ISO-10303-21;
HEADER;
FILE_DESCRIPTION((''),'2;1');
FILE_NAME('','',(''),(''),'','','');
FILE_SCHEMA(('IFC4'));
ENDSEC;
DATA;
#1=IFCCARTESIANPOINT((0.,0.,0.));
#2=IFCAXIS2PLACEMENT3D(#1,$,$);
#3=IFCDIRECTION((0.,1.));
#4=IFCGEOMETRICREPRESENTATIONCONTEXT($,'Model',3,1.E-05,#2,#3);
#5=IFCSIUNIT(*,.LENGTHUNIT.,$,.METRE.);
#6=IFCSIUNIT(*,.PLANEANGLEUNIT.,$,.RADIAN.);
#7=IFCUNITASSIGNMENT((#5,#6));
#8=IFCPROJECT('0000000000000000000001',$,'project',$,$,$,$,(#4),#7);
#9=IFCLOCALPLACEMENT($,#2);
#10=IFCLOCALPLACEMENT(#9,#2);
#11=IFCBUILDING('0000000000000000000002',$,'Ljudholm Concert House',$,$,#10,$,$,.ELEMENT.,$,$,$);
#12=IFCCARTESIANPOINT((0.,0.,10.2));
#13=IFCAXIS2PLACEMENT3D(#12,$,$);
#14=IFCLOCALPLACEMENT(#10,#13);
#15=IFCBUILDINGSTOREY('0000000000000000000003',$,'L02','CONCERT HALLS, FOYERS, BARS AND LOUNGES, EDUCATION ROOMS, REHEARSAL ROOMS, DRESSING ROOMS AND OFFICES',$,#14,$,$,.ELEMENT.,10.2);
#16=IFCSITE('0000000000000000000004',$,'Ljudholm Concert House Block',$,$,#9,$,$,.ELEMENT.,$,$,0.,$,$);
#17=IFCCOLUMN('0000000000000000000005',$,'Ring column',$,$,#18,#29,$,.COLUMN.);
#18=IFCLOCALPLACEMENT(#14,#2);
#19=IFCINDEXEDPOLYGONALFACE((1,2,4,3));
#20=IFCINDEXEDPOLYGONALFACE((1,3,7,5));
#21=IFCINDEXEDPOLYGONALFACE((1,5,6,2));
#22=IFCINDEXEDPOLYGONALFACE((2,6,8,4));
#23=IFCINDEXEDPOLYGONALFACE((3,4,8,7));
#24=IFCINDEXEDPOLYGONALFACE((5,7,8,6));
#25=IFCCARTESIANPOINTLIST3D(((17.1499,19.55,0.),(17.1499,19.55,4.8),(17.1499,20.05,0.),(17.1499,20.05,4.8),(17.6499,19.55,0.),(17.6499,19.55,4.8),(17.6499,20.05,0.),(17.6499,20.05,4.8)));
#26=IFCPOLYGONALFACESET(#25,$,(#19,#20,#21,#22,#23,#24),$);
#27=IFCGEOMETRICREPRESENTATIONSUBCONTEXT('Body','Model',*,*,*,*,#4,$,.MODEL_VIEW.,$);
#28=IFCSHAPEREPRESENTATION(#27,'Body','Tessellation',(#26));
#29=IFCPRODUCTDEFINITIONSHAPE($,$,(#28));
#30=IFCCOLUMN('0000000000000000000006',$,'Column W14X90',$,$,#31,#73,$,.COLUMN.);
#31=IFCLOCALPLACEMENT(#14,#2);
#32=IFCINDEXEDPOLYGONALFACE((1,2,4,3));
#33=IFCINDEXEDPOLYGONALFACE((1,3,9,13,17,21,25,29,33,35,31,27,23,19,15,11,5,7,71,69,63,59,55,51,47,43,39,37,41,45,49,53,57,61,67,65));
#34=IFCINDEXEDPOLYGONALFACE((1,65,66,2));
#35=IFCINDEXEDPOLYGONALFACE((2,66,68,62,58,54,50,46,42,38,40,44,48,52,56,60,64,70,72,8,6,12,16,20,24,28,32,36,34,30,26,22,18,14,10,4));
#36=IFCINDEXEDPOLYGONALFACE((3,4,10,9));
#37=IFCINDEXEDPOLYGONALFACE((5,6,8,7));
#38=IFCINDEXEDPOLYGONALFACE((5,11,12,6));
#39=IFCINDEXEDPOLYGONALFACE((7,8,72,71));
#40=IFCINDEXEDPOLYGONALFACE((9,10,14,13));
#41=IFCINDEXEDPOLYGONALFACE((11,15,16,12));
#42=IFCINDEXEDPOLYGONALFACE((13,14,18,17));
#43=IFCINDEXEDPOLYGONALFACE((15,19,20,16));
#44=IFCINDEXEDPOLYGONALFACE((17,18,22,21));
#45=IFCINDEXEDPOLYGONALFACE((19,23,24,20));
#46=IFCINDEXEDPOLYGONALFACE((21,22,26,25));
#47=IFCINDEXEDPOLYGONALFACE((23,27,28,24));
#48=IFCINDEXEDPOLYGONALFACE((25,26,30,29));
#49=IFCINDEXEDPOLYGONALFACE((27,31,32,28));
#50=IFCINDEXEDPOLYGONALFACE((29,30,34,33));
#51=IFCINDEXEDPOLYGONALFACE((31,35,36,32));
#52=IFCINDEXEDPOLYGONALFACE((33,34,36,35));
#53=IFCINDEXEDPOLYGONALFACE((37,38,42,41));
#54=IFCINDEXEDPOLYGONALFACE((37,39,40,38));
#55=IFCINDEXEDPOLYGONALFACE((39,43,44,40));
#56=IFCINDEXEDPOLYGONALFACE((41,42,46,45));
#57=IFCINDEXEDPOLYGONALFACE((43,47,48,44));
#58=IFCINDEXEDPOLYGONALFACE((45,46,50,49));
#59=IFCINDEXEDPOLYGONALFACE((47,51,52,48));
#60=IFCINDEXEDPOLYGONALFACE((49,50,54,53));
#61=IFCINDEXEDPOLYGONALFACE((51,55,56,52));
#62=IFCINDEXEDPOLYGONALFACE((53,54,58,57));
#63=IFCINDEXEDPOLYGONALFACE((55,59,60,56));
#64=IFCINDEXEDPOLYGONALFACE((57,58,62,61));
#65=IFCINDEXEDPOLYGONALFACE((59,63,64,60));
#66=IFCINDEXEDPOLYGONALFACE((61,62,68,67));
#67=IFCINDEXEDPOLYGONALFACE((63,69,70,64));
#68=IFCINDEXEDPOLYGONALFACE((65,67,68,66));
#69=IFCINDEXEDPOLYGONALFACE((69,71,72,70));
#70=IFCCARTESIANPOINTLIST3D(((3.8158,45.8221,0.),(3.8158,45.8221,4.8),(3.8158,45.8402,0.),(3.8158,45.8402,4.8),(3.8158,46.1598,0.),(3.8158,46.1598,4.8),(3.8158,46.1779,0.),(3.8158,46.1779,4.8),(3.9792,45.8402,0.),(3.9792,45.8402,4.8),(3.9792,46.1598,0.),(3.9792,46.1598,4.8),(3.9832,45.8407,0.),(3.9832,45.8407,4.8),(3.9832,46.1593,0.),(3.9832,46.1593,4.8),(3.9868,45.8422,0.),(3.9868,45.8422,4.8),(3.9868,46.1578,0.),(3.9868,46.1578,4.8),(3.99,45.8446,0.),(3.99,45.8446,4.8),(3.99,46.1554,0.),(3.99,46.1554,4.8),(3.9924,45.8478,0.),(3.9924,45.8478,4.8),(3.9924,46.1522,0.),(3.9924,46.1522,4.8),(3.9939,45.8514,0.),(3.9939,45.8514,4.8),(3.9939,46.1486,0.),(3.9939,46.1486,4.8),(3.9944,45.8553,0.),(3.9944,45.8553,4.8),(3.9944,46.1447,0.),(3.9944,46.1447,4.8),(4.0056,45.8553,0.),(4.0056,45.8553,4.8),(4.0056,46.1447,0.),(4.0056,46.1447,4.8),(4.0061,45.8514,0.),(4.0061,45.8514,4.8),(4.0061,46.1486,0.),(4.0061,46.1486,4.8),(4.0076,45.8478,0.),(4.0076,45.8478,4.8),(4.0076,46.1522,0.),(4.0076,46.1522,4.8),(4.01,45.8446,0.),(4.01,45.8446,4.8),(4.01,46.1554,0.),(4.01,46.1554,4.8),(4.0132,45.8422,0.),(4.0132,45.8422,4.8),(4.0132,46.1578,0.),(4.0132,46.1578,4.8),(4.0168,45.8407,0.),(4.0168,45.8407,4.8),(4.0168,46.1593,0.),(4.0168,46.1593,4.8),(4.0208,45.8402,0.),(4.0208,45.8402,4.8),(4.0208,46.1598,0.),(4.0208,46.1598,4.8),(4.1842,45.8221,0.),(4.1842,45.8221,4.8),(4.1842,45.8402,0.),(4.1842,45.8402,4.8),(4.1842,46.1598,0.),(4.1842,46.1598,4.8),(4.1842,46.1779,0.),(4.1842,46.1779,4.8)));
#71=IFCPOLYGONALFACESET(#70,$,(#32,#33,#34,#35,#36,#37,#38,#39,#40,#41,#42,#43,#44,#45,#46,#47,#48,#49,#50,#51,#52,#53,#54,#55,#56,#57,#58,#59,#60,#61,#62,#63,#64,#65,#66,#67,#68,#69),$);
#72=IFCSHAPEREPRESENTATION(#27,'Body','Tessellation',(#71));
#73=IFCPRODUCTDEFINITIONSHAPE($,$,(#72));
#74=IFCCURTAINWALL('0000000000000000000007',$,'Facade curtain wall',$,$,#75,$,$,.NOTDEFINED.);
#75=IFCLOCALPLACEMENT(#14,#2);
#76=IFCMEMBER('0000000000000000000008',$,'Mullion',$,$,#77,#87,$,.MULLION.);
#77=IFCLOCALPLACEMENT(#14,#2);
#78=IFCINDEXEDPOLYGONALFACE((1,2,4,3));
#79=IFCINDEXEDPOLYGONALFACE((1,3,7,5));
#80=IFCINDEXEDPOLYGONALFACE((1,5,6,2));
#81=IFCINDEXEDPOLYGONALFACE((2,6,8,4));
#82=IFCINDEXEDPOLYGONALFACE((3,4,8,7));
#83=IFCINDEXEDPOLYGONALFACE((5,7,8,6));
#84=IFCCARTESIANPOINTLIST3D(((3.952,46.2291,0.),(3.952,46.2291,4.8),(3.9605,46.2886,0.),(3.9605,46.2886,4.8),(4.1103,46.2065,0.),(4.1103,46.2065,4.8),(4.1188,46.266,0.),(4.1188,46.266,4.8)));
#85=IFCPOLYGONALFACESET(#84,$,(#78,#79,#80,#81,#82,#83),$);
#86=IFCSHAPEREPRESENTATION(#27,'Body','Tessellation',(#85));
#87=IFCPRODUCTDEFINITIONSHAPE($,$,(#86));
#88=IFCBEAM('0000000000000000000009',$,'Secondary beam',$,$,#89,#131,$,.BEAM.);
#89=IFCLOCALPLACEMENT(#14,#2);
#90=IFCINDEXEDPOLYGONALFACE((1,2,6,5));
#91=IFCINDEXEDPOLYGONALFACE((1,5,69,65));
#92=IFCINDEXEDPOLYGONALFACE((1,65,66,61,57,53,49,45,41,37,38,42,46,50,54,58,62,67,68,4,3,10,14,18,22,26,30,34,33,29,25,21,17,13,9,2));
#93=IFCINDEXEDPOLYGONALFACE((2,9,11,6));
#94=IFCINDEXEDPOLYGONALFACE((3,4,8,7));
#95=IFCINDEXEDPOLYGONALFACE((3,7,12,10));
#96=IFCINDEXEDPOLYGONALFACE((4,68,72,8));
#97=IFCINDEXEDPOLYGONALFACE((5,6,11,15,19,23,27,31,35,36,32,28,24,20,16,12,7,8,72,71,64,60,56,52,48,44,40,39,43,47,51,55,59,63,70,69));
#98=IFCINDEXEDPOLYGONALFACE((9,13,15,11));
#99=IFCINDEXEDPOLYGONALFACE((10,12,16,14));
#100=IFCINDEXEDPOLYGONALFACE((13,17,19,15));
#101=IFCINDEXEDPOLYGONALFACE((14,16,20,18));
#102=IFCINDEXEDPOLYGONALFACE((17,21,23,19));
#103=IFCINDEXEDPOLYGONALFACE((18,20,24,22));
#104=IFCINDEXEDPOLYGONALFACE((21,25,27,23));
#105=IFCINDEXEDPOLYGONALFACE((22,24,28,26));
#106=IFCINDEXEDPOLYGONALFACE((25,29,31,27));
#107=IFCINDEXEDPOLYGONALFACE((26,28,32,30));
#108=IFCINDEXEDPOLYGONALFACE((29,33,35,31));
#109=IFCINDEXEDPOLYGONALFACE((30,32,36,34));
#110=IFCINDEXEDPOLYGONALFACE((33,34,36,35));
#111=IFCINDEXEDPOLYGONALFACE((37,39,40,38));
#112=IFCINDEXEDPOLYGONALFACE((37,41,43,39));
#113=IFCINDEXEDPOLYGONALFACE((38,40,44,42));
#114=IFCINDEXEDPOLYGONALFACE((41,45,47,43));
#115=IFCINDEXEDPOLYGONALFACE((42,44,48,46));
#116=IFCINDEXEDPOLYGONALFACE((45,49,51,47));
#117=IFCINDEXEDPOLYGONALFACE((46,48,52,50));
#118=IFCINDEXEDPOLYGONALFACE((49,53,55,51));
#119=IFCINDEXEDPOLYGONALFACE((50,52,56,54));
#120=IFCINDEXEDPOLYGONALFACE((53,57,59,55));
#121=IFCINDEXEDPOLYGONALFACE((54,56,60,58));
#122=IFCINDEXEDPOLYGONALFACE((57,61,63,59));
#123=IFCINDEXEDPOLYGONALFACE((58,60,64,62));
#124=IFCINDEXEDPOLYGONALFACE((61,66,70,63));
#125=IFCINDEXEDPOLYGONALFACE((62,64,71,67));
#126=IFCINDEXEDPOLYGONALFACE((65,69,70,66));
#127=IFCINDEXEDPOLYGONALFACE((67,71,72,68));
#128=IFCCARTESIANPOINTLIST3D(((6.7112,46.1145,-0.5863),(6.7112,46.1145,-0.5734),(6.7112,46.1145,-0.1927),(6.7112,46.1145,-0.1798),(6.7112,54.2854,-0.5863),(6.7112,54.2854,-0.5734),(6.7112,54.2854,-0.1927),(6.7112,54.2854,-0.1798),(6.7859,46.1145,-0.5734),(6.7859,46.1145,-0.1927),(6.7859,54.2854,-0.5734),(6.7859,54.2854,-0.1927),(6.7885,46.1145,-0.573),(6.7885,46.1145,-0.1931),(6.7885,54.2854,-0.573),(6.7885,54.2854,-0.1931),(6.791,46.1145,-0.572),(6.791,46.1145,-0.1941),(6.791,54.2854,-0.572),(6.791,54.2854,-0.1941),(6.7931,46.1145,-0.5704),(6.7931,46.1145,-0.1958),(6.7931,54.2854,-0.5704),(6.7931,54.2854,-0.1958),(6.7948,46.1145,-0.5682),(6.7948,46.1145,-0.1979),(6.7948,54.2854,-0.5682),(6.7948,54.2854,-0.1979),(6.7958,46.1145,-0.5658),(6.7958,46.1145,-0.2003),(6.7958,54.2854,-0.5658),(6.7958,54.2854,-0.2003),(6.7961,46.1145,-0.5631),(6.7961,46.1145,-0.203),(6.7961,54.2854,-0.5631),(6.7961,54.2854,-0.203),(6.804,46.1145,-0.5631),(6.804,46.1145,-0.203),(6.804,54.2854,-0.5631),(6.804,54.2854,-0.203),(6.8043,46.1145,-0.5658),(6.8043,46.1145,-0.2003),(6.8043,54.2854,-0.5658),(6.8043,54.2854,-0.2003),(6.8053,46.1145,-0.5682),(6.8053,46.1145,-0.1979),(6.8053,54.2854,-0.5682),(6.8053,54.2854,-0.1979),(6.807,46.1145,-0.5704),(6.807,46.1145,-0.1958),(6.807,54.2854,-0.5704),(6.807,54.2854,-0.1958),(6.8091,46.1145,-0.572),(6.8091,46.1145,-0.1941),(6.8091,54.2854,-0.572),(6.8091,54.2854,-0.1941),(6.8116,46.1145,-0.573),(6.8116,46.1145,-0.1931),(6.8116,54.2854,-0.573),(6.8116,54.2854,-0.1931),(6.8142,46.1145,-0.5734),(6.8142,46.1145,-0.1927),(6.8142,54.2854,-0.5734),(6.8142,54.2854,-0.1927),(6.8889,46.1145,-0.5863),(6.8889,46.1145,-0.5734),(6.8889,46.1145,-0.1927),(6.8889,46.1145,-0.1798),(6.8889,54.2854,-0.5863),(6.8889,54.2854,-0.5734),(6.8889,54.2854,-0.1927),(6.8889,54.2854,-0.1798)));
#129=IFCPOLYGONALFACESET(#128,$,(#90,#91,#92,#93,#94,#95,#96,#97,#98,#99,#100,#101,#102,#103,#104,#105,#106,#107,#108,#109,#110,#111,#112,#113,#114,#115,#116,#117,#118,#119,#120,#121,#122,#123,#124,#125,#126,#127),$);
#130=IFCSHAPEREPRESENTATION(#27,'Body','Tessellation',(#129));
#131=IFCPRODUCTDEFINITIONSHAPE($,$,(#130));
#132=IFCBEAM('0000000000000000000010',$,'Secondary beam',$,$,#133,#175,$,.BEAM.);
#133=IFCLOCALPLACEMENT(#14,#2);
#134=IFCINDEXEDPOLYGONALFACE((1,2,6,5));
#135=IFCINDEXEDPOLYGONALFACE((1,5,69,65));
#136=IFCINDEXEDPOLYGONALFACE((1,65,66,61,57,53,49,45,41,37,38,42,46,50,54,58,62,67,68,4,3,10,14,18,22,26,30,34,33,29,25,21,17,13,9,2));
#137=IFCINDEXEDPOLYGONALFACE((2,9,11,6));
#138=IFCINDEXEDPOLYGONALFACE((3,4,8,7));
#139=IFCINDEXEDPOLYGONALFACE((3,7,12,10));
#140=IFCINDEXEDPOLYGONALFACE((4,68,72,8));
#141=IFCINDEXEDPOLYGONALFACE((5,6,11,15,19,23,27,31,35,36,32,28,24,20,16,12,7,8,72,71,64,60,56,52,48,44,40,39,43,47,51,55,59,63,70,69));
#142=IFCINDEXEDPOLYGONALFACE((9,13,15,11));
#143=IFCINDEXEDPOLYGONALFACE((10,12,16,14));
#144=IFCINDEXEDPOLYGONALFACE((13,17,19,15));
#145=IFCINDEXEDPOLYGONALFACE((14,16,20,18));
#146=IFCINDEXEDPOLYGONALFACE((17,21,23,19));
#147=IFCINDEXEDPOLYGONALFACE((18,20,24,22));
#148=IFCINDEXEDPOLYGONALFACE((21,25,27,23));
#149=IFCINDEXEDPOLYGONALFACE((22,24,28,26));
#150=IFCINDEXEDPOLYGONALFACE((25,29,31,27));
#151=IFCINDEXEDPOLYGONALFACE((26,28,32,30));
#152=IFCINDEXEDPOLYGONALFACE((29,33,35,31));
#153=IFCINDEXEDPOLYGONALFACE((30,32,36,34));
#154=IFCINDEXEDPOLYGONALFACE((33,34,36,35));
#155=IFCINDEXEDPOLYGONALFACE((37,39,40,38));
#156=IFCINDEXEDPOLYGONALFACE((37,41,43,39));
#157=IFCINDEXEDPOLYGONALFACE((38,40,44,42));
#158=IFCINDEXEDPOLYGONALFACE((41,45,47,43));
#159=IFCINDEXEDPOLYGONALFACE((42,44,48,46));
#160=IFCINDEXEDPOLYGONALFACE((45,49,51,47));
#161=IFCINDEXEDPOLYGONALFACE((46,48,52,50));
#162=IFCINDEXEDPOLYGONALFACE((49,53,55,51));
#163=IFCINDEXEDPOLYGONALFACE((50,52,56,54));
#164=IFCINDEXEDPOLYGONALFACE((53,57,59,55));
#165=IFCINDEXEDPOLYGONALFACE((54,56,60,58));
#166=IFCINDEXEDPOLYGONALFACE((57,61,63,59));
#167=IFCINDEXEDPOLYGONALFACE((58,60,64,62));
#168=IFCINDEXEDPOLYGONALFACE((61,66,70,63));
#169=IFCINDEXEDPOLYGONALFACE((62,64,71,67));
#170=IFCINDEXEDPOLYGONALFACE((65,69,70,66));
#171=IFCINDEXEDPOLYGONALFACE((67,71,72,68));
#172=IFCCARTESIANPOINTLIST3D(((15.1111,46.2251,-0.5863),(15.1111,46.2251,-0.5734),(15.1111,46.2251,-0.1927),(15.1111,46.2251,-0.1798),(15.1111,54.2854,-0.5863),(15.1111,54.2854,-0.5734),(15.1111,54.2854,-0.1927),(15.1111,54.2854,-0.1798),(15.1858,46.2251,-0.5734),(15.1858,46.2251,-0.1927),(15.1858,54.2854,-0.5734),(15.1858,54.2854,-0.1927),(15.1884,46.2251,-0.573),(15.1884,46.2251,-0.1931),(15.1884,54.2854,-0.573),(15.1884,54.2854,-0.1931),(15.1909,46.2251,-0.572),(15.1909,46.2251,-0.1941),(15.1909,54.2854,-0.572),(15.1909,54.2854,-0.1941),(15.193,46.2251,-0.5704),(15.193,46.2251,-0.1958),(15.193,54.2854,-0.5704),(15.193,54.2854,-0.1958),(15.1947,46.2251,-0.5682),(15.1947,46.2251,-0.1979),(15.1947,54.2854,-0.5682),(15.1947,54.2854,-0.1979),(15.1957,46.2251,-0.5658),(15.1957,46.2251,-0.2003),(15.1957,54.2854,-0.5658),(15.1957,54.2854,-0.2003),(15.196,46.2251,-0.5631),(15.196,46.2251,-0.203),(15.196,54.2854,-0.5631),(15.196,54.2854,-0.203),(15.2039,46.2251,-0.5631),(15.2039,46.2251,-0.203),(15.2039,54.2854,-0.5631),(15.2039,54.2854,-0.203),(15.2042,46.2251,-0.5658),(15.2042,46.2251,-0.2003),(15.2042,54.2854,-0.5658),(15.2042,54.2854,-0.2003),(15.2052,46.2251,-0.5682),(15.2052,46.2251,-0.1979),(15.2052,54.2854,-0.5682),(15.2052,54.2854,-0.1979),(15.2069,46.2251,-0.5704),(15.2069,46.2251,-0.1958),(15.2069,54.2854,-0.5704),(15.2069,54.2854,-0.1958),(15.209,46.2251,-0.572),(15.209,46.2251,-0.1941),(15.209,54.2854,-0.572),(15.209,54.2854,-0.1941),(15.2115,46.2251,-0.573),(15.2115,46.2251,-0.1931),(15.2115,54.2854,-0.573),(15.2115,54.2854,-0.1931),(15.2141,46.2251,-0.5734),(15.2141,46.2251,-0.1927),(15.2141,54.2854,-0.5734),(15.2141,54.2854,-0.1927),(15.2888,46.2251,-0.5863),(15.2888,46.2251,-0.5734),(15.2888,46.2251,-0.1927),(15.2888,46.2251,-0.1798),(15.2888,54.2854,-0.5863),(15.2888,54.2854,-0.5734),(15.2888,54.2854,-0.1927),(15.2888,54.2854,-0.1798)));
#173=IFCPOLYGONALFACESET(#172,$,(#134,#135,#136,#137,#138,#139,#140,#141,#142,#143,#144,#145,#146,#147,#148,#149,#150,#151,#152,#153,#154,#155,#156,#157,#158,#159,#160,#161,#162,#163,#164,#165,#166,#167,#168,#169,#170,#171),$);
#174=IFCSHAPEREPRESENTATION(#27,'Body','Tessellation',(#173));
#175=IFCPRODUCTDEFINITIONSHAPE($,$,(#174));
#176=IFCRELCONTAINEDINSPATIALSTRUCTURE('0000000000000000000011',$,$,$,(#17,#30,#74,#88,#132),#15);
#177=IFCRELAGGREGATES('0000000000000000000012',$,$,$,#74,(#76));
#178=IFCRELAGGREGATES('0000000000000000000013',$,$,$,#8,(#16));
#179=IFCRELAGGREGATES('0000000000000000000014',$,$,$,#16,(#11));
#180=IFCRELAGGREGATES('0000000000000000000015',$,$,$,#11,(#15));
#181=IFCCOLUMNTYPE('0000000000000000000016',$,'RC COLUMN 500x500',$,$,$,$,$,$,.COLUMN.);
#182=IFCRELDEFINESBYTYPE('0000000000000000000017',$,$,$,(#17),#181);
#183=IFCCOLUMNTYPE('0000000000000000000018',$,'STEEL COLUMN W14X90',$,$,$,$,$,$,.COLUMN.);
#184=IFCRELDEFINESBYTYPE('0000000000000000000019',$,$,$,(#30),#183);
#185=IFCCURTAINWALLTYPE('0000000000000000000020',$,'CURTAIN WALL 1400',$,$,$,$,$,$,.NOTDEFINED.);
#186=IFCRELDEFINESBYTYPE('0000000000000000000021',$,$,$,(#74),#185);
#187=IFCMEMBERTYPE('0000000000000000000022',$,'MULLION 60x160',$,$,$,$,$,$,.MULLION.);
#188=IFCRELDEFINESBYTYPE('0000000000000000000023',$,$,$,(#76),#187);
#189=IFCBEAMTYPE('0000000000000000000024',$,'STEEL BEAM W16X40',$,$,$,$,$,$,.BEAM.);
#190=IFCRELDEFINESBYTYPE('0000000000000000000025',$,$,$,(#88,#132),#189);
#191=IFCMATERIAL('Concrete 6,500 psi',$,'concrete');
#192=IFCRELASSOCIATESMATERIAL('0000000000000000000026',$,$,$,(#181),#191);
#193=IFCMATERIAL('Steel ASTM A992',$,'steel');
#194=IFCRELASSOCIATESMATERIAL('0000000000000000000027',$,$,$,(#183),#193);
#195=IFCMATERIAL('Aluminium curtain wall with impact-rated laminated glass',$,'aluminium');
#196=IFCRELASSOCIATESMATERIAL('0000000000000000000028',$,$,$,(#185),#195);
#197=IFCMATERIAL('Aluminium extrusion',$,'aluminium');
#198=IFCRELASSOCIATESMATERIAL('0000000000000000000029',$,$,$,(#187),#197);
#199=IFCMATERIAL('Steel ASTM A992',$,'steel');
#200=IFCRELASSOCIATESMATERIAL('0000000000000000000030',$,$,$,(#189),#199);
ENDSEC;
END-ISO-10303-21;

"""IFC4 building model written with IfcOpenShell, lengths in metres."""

from ifc_helpers import new_model, si_unit, direction, frame, origin, origin_2d, place, context, subcontext, project, spatial, rectangle, i_section, extrude, material, material_profile, profile_set, type_object, element, aggregate, save


model = new_model("IFC4")

# Units and contexts
model_context = context("Model", 3, precision=1e-05, world=origin(), true_north=direction((0.0, 1.0)))
body_context = subcontext(model_context, "Body", "Model", "MODEL_VIEW")
ifc_project = project(units=[si_unit("LENGTHUNIT", "METRE"), si_unit("PLANEANGLEUNIT", "RADIAN")], contexts=[model_context])

# Site, building, storey
site_placement = place(None, origin())
site = spatial("IfcSite", under=ifc_project, at=site_placement, Name="Ljudholm Concert House Block", CompositionType="ELEMENT", RefElevation=0.0)
building_placement = place(site_placement, origin())
building = spatial("IfcBuilding", under=site, at=building_placement, Name="Ljudholm Concert House", CompositionType="ELEMENT")
storey_placement = place(building_placement, frame((0.0, 0.0, 10.2)))
storey = spatial("IfcBuildingStorey", under=building, at=storey_placement, Name="L02", Description="CONCERT HALLS, FOYERS, BARS AND LOUNGES, EDUCATION ROOMS, REHEARSAL ROOMS, DRESSING ROOMS AND OFFICES", CompositionType="ELEMENT", Elevation=10.2)

# Columns
ifc_material_1 = material(Name="Concrete 6,500 psi", Category="concrete")
ifc_material_profile_1 = material_profile(ifc_material_1, rectangle(XDim=0.5, YDim=0.5, at=origin_2d()), Name="RC COLUMN 500x500")
ifc_profile_set_1 = profile_set([ifc_material_profile_1], Name="Concrete 6,500 psi")
column_type_1 = type_object("IfcColumnType", Name="RC COLUMN 500x500", PredefinedType="COLUMN", material=ifc_profile_set_1)
column_1_placement = place(storey_placement, frame((17.3999, 19.8, 0.0), z_axis=(0.0, 0.0, 1.0), x_axis=(1.0, 0.0, 0.0)))
element("IfcColumn", 1, at=column_1_placement, inside=storey, type_object=column_type_1, Name="Ring column", PredefinedType="COLUMN", context=body_context, shape_type="SweptSolid", body=[
    extrude(rectangle(XDim=0.5, YDim=0.5, at=origin_2d()), origin(), (0.0, 0.0, 1.0), 4.8),
])
ifc_material_2 = material(Name="Steel ASTM A992", Category="steel")
ifc_material_profile_2 = material_profile(ifc_material_2, i_section(OverallWidth=0.3684, OverallDepth=0.3557, WebThickness=0.0112, FlangeThickness=0.0181, FilletRadius=0.0151, at=origin_2d()), Name="W14X90")
ifc_profile_set_2 = profile_set([ifc_material_profile_2], Name="Steel ASTM A992")
column_type_2 = type_object("IfcColumnType", Name="STEEL COLUMN W14X90", PredefinedType="COLUMN", material=ifc_profile_set_2)
column_2_placement = place(storey_placement, frame((4.0, 46.0, 0.0), z_axis=(0.0, 0.0, 1.0), x_axis=(1.0, 0.0, 0.0)))
element("IfcColumn", 2, at=column_2_placement, inside=storey, type_object=column_type_2, Name="Column W14X90", PredefinedType="COLUMN", context=body_context, shape_type="SweptSolid", body=[
    extrude(i_section(OverallWidth=0.3684, OverallDepth=0.3557, WebThickness=0.0112, FlangeThickness=0.0181, FilletRadius=0.0151, at=origin_2d()), origin(), (0.0, 0.0, 1.0), 4.8),
])

# Curtain wall, member
ifc_material_3 = material(Name="Aluminium curtain wall with impact-rated laminated glass", Category="aluminium")
curtain_wall_type = type_object("IfcCurtainWallType", Name="CURTAIN WALL 1400", PredefinedType="NOTDEFINED", material=ifc_material_3)
curtain_wall_placement = place(storey_placement, origin())
curtain_wall = element("IfcCurtainWall", 3, at=curtain_wall_placement, inside=storey, type_object=curtain_wall_type, Name="Facade curtain wall", PredefinedType="NOTDEFINED")
ifc_material_4 = material(Name="Aluminium extrusion", Category="aluminium")
ifc_material_profile_3 = material_profile(ifc_material_4, rectangle(XDim=0.1599, YDim=0.0601, at=origin_2d()), Name="MULLION 60x160")
ifc_profile_set_3 = profile_set([ifc_material_profile_3], Name="Aluminium extrusion")
member_type_1 = type_object("IfcMemberType", Name="MULLION 60x160", PredefinedType="MULLION", material=ifc_profile_set_3)
member_1_placement = place(storey_placement, frame((4.0354, 46.2476, 0.0), z_axis=(0.0, 0.0, 1.0), x_axis=(-0.989949, 0.141421, 0.0)))
member_1 = element("IfcMember", 4, at=member_1_placement, type_object=member_type_1, Name="Mullion", PredefinedType="MULLION", context=body_context, shape_type="SweptSolid", body=[
    extrude(rectangle(XDim=0.1599, YDim=0.0601, at=origin_2d()), origin(), (0.0, 0.0, 1.0), 4.8),
])

# Beams
ifc_material_5 = material(Name="Steel ASTM A992", Category="steel")
ifc_material_profile_4 = material_profile(ifc_material_5, i_section(OverallWidth=0.1777, OverallDepth=0.4065, WebThickness=0.0078, FlangeThickness=0.0129, FilletRadius=0.0103, at=origin_2d()), Name="W16X40")
ifc_profile_set_4 = profile_set([ifc_material_profile_4], Name="Steel ASTM A992")
beam_type_1 = type_object("IfcBeamType", Name="STEEL BEAM W16X40", PredefinedType="BEAM", material=ifc_profile_set_4)
beam_1_placement = place(storey_placement, frame((6.8, 46.1145, -0.3831), z_axis=(0.0, 1.0, 0.0), x_axis=(-1.0, 0.0, 0.0)))
element("IfcBeam", 5, at=beam_1_placement, inside=storey, type_object=beam_type_1, Name="Secondary beam", PredefinedType="BEAM", context=body_context, shape_type="SweptSolid", body=[
    extrude(i_section(OverallWidth=0.1777, OverallDepth=0.4065, WebThickness=0.0078, FlangeThickness=0.0129, FilletRadius=0.0103, at=origin_2d()), origin(), (0.0, 0.0, 1.0), 8.1709),
])
beam_2_placement = place(storey_placement, frame((15.2, 46.2251, -0.3831), z_axis=(0.0, 1.0, 0.0), x_axis=(-1.0, 0.0, 0.0)))
element("IfcBeam", 6, at=beam_2_placement, inside=storey, type_object=beam_type_1, Name="Secondary beam", PredefinedType="BEAM", context=body_context, shape_type="SweptSolid", body=[
    extrude(i_section(OverallWidth=0.1777, OverallDepth=0.4065, WebThickness=0.0078, FlangeThickness=0.0129, FilletRadius=0.0103, at=origin_2d()), origin(), (0.0, 0.0, 1.0), 8.0603),
])

aggregate(curtain_wall, [member_1])

save(model, "model.ifc")
